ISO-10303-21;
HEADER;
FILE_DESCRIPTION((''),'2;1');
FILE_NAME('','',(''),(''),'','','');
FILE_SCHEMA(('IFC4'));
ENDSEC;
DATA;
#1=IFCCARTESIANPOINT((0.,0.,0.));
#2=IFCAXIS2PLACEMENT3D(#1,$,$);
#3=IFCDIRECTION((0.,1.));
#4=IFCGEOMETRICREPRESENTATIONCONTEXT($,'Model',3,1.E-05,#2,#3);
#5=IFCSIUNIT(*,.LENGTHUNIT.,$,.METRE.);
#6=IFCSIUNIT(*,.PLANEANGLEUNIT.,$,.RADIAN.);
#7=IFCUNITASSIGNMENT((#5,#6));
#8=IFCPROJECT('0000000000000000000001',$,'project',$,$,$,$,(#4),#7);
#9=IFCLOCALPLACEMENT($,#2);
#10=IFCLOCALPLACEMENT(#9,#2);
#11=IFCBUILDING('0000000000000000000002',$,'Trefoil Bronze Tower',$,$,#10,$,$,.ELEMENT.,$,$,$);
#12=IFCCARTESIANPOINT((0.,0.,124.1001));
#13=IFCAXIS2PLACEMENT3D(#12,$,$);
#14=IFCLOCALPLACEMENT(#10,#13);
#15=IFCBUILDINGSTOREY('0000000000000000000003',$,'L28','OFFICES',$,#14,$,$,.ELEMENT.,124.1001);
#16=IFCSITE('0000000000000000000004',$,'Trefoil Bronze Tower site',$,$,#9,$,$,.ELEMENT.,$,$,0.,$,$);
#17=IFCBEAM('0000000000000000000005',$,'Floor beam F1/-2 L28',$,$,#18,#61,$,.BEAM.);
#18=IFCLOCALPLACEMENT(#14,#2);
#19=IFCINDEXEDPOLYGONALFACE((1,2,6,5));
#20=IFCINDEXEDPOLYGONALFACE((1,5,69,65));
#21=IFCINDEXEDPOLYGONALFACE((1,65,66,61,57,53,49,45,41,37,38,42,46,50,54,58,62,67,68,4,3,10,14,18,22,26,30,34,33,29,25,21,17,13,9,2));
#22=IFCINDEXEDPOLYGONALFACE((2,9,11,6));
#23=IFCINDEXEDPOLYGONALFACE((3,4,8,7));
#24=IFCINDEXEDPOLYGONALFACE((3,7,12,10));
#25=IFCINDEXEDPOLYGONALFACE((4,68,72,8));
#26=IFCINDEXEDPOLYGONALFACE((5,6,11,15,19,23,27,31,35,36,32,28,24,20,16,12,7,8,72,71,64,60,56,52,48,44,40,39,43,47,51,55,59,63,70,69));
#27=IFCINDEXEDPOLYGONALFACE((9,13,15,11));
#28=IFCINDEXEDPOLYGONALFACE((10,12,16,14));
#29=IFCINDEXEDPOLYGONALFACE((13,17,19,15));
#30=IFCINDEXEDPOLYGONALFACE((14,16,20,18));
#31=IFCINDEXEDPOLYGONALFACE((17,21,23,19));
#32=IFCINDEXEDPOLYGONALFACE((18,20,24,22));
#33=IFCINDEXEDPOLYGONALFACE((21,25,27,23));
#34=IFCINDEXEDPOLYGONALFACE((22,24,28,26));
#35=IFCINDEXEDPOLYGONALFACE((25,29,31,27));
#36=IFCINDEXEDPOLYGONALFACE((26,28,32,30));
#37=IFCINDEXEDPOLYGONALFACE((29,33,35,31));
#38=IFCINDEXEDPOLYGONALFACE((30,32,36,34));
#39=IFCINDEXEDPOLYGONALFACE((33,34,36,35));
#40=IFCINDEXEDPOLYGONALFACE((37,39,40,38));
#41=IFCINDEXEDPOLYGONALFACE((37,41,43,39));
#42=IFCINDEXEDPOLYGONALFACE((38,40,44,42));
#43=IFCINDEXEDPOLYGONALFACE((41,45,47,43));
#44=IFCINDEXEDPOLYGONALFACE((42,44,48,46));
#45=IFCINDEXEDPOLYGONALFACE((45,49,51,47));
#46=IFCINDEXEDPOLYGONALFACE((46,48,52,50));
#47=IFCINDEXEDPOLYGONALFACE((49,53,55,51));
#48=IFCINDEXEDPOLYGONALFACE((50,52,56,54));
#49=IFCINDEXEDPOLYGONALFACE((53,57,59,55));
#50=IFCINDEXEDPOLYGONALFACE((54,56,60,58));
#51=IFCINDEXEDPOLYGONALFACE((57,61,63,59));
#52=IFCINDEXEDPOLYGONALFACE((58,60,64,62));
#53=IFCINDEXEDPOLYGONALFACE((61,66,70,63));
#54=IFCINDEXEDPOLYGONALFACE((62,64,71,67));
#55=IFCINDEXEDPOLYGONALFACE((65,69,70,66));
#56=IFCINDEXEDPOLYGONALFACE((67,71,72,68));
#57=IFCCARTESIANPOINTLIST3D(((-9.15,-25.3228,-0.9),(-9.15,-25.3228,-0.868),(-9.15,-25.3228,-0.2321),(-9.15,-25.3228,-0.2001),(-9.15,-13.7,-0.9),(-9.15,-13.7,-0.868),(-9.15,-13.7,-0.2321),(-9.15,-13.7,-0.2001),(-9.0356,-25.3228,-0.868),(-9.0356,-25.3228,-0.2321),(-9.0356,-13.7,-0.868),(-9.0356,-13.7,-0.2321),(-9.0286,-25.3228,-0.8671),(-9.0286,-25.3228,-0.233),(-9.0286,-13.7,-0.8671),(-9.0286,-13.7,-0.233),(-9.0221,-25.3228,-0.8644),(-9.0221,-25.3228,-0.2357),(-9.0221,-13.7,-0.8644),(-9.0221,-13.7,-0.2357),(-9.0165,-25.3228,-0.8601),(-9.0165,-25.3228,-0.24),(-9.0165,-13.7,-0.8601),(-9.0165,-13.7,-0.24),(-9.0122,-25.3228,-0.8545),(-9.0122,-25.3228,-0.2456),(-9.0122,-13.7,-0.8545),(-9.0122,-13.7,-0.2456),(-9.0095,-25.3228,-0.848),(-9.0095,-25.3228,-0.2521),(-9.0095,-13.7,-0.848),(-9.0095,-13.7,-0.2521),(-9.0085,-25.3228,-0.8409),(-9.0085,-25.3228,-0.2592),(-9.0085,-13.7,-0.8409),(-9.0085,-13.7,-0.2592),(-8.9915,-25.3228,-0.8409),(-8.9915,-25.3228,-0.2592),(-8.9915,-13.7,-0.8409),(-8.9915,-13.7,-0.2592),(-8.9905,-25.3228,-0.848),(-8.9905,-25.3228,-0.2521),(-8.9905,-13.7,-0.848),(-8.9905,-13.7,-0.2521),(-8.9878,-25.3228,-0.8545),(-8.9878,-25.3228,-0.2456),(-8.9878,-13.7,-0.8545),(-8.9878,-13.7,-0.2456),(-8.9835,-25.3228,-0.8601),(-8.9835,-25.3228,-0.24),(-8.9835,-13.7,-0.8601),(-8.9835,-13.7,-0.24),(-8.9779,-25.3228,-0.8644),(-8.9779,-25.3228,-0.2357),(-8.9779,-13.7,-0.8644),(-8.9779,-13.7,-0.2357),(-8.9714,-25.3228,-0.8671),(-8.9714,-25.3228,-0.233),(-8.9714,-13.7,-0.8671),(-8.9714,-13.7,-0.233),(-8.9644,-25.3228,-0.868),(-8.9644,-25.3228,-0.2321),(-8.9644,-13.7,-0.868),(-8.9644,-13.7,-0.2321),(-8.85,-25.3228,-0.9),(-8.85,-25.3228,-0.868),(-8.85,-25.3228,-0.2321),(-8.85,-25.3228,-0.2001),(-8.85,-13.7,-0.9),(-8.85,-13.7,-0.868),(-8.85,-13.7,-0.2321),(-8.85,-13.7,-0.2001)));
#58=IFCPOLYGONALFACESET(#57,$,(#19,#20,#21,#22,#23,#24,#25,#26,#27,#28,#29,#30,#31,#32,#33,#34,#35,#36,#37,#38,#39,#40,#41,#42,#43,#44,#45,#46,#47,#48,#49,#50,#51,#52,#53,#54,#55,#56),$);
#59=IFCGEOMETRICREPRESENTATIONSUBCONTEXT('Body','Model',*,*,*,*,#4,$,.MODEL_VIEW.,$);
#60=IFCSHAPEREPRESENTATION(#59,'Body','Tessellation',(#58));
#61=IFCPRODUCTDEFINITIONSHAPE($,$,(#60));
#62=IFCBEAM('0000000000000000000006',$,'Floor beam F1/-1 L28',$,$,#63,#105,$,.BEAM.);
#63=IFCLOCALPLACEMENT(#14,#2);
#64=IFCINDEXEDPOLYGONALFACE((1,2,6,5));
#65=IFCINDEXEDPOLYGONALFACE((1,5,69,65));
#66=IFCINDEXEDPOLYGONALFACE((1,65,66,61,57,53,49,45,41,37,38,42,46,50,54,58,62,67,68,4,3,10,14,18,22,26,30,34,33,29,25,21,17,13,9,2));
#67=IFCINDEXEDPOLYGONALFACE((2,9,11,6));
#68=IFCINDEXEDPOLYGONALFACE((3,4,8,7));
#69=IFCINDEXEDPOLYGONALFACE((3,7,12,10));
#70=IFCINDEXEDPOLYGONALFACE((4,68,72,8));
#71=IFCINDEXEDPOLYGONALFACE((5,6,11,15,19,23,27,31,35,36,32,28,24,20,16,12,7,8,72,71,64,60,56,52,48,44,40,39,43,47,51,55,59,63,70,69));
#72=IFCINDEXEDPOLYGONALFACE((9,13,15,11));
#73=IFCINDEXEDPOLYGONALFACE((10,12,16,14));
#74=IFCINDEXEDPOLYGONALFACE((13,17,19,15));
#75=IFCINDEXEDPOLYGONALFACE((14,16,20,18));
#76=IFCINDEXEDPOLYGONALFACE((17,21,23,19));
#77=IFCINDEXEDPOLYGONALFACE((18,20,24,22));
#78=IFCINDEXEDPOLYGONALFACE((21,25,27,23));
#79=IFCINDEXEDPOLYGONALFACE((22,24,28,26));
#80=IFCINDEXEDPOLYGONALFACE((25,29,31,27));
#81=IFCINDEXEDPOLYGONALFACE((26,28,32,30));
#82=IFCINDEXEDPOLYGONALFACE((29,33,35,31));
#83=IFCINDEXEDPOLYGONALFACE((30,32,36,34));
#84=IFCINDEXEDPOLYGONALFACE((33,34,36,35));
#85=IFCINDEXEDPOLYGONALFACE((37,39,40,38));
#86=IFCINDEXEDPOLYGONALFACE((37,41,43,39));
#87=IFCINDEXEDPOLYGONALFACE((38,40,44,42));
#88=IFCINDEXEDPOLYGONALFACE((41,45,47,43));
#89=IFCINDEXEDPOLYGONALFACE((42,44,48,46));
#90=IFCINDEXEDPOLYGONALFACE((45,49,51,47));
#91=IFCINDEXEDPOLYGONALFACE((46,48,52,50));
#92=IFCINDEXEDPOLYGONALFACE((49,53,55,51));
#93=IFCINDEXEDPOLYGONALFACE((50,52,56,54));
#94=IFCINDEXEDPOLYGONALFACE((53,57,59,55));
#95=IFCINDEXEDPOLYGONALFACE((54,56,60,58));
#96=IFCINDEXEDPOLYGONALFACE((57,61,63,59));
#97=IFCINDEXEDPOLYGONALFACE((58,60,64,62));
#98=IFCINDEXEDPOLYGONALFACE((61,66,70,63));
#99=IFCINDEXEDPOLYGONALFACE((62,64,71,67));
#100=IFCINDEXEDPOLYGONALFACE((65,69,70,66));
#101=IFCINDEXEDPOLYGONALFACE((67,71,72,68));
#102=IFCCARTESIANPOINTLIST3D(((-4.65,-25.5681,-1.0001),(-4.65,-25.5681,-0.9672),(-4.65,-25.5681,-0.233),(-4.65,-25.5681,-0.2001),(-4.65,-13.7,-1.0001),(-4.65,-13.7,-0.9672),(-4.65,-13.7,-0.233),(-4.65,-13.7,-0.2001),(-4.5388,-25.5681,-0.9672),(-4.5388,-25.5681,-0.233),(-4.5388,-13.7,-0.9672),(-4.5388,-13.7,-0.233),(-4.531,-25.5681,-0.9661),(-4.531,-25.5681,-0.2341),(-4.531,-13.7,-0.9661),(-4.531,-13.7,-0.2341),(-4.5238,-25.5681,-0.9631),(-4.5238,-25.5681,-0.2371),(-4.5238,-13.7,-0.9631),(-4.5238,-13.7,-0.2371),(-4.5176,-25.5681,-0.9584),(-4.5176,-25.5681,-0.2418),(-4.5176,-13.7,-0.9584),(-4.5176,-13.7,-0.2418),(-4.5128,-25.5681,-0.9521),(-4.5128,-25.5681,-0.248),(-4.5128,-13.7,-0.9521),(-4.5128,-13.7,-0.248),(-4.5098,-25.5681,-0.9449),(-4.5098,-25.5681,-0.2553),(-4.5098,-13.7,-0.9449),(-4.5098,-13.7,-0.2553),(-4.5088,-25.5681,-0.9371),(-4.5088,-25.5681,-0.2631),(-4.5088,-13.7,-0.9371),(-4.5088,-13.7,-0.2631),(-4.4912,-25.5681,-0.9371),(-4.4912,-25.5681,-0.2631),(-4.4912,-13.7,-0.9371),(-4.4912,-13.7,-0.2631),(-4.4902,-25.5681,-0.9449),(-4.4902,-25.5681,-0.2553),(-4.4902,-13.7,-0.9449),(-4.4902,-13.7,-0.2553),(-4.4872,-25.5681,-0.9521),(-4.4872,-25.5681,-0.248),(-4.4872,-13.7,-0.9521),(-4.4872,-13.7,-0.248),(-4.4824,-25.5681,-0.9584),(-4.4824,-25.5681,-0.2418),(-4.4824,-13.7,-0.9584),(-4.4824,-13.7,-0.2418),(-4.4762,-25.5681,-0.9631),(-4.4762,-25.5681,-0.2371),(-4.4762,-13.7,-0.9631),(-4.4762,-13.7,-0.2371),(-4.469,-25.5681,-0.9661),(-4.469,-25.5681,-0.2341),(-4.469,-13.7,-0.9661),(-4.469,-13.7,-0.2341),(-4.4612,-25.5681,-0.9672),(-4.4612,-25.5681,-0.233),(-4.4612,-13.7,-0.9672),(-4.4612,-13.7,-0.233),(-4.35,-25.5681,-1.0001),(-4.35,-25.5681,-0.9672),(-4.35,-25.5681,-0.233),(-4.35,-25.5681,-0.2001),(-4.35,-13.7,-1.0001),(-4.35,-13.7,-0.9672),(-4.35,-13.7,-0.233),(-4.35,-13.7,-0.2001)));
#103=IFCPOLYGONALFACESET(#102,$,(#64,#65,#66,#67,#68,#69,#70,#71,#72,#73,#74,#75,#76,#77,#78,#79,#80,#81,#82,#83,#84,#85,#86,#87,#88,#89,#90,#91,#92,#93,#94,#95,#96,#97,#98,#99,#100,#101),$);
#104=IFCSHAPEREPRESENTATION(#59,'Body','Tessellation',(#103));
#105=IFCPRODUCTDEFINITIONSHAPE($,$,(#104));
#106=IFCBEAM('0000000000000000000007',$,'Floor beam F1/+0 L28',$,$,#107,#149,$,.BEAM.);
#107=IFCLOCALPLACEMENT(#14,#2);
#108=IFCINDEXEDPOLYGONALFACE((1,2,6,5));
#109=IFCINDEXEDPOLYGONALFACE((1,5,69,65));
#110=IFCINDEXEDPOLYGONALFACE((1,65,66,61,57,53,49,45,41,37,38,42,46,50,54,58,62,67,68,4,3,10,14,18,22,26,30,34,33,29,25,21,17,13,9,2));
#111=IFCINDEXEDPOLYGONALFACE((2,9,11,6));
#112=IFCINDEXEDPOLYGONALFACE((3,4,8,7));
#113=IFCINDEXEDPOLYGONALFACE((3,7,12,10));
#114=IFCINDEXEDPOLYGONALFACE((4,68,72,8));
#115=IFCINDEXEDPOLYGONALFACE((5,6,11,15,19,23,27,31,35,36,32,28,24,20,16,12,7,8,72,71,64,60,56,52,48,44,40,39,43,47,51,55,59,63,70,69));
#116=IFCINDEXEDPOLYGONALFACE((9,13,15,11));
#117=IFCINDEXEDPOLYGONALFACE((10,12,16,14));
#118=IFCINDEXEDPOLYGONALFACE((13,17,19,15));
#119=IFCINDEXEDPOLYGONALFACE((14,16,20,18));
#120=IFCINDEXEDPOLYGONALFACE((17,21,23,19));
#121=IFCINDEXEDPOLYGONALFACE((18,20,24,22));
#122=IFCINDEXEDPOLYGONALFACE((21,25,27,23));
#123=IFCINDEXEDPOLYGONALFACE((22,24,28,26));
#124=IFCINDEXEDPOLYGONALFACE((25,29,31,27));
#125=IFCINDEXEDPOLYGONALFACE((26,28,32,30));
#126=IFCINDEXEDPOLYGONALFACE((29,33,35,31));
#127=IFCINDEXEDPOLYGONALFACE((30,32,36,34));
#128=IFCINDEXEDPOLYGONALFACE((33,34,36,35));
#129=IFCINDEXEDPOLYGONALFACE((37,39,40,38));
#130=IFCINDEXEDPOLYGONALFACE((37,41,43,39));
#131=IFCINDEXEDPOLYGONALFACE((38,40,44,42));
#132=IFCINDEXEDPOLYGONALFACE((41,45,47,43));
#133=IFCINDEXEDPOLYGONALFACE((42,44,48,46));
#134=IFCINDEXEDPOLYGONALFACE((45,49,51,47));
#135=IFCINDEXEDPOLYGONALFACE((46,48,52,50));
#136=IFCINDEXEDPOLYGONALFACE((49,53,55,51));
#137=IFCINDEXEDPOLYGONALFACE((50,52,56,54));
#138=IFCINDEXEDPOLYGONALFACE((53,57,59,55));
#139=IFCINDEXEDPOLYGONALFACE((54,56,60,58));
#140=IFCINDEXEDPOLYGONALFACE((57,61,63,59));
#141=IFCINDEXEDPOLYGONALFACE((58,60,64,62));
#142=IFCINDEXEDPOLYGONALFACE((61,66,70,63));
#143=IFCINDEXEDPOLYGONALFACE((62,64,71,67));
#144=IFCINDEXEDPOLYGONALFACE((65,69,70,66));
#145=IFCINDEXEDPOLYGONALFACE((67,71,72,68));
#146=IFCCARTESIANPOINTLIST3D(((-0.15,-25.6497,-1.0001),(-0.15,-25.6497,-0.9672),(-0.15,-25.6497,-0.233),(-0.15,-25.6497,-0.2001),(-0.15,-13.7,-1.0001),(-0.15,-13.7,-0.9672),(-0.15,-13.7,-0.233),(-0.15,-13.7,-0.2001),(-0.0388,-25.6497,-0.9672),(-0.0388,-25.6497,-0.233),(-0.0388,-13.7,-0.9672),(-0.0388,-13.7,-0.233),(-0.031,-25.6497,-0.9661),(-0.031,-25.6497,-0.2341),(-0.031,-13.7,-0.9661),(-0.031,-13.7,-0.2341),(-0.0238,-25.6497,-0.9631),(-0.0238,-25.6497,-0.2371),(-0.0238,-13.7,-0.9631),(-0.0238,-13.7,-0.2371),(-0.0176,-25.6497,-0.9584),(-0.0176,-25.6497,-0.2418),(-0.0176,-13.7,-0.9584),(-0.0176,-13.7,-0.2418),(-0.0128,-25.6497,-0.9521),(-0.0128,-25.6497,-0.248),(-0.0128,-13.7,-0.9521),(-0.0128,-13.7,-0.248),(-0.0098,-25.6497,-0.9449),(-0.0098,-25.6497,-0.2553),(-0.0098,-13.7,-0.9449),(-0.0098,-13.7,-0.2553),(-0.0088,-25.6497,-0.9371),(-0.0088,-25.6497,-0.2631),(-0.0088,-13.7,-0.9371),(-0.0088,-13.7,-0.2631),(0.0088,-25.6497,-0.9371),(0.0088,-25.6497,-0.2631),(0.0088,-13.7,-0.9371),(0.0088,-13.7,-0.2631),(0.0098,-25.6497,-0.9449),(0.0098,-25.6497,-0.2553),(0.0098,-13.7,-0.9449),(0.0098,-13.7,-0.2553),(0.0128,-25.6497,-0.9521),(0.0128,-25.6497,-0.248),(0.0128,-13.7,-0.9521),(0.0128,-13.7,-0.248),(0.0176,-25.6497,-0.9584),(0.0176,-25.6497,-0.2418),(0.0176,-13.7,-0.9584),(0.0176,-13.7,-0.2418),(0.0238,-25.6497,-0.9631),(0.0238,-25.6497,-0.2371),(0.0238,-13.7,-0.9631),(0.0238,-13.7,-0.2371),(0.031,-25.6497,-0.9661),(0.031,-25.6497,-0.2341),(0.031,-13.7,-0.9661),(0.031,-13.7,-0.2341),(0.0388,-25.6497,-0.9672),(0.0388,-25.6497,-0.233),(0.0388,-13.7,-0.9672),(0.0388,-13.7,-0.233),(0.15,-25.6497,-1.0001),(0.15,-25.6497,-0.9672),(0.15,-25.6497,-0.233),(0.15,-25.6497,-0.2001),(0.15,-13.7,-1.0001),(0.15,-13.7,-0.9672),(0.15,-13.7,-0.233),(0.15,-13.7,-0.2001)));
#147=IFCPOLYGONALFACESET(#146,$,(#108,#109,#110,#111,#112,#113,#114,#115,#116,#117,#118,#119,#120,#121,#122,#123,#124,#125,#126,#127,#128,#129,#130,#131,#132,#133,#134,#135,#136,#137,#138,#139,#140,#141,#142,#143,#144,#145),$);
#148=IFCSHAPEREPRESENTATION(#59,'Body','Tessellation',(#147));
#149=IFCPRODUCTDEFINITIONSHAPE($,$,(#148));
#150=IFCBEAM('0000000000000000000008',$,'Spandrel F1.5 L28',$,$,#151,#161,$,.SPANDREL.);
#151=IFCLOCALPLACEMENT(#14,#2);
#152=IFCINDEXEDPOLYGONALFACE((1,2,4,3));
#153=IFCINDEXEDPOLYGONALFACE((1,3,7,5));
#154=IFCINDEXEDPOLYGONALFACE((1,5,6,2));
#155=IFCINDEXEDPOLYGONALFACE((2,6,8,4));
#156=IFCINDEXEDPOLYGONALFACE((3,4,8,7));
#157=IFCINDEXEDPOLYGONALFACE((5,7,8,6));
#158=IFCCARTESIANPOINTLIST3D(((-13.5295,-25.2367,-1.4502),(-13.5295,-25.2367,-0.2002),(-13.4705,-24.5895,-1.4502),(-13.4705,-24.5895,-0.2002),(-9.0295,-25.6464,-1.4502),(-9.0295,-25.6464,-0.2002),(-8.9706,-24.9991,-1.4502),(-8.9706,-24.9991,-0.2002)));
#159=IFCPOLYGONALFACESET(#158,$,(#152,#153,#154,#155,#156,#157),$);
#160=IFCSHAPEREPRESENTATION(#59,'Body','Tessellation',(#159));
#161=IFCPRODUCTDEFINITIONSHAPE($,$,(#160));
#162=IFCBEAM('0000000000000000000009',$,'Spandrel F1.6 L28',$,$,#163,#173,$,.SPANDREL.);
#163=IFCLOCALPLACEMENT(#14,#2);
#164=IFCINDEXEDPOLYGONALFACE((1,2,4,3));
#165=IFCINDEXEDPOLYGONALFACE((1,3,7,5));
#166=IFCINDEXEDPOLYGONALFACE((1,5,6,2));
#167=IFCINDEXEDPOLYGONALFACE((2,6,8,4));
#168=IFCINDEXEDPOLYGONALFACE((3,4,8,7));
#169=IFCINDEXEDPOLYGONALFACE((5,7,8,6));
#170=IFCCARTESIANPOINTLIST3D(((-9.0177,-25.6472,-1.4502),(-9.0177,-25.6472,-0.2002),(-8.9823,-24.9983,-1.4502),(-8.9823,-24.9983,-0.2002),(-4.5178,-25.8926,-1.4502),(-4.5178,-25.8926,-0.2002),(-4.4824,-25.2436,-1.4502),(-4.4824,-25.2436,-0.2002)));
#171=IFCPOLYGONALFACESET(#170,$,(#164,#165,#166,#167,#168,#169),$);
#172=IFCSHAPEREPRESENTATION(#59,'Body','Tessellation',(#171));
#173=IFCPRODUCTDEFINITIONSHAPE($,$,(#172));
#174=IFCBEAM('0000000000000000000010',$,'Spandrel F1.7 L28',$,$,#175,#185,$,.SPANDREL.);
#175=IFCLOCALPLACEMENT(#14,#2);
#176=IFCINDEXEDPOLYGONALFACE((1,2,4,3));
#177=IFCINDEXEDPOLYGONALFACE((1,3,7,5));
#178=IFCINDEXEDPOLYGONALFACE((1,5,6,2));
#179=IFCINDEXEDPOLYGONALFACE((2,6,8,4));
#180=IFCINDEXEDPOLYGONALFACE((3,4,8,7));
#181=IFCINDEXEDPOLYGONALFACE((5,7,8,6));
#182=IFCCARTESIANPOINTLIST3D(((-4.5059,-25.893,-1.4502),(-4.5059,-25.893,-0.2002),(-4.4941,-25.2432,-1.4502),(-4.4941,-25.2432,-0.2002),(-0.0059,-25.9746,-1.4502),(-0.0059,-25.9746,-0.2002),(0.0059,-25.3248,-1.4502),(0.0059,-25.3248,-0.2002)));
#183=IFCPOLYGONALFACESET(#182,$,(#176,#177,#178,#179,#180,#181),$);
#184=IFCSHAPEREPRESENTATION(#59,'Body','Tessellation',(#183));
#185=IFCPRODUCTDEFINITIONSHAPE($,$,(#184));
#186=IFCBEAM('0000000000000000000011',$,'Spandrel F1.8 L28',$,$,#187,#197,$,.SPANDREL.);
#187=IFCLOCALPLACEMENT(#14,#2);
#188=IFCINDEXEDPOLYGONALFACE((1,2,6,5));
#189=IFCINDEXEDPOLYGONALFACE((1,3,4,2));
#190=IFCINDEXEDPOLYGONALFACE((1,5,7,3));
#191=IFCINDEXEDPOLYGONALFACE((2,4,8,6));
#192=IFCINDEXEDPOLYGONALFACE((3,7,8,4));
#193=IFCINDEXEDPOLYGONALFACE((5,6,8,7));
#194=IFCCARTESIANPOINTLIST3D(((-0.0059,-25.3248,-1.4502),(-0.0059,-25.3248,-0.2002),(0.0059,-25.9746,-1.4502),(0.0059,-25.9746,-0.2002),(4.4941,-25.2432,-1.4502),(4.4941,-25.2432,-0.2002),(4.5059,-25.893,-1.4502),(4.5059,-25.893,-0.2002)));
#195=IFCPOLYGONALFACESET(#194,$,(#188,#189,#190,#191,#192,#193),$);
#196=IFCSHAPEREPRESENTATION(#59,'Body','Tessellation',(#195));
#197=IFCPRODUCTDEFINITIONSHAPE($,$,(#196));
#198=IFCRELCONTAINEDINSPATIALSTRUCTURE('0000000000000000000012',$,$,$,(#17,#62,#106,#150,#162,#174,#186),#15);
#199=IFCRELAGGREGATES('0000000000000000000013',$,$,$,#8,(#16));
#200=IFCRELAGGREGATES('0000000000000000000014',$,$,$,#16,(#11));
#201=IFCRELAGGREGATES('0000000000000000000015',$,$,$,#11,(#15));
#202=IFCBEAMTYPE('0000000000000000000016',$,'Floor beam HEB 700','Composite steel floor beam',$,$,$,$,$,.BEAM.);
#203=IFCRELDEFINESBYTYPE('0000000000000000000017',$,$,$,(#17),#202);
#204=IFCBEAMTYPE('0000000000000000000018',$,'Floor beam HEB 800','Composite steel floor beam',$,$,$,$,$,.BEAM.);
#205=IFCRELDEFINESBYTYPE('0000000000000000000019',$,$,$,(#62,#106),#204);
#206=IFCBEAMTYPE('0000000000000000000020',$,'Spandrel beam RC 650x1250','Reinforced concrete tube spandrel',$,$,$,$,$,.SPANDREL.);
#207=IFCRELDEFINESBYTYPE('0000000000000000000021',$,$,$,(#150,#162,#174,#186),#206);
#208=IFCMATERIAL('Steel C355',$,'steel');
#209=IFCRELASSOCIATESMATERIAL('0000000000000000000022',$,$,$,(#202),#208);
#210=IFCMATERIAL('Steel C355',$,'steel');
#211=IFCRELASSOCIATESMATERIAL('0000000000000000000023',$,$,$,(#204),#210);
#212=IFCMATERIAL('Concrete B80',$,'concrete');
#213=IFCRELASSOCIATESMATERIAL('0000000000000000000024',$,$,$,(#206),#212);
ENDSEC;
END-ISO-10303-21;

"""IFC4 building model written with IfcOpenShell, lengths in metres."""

from ifc_helpers import new_model, si_unit, direction, frame, origin, origin_2d, place, context, subcontext, project, spatial, rectangle, i_section, extrude, material, material_profile, profile_set, type_object, element, save


model = new_model("IFC4")

# Units and contexts
model_context = context("Model", 3, precision=1e-05, world=origin(), true_north=direction((0.0, 1.0)))
body_context = subcontext(model_context, "Body", "Model", "MODEL_VIEW")
ifc_project = project(units=[si_unit("LENGTHUNIT", "METRE"), si_unit("PLANEANGLEUNIT", "RADIAN")], contexts=[model_context])

# Site, building, storey
site_placement = place(None, origin())
site = spatial("IfcSite", under=ifc_project, at=site_placement, Name="Trefoil Bronze Tower site", CompositionType="ELEMENT", RefElevation=0.0)
building_placement = place(site_placement, origin())
building = spatial("IfcBuilding", under=site, at=building_placement, Name="Trefoil Bronze Tower", CompositionType="ELEMENT")
storey_placement = place(building_placement, frame((0.0, 0.0, 124.1001)))
storey = spatial("IfcBuildingStorey", under=building, at=storey_placement, Name="L28", Description="OFFICES", CompositionType="ELEMENT", Elevation=124.1001)

# Beams
ifc_material_1 = material(Name="Steel C355", Category="steel")
ifc_material_profile_1 = material_profile(ifc_material_1, i_section(OverallWidth=0.3, OverallDepth=0.7, WebThickness=0.0171, FlangeThickness=0.032, FilletRadius=0.0271, at=origin_2d()), Name="HEB 700")
ifc_profile_set_1 = profile_set([ifc_material_profile_1], Name="Steel C355")
beam_type_1 = type_object("IfcBeamType", Name="Floor beam HEB 700", Description="Composite steel floor beam", PredefinedType="BEAM", material=ifc_profile_set_1)
beam_1_placement = place(storey_placement, frame((-9.0, -25.3228, -0.55), z_axis=(0.0, 1.0, 0.0), x_axis=(-1.0, 0.0, 0.0)))
element("IfcBeam", 1, at=beam_1_placement, inside=storey, type_object=beam_type_1, Name="Floor beam F1/-2 L28", PredefinedType="BEAM", context=body_context, shape_type="SweptSolid", body=[
    extrude(i_section(OverallWidth=0.3, OverallDepth=0.7, WebThickness=0.0171, FlangeThickness=0.032, FilletRadius=0.0271, at=origin_2d()), origin(), (0.0, 0.0, 1.0), 11.6228),
])
ifc_material_2 = material(Name="Steel C355", Category="steel")
ifc_material_profile_2 = material_profile(ifc_material_2, i_section(OverallWidth=0.3, OverallDepth=0.8, WebThickness=0.0176, FlangeThickness=0.033, FilletRadius=0.03, at=origin_2d()), Name="HEB 800")
ifc_profile_set_2 = profile_set([ifc_material_profile_2], Name="Steel C355")
beam_type_2 = type_object("IfcBeamType", Name="Floor beam HEB 800", Description="Composite steel floor beam", PredefinedType="BEAM", material=ifc_profile_set_2)
beam_2_placement = place(storey_placement, frame((-4.5, -25.5681, -0.6001), z_axis=(0.0, 1.0, 0.0), x_axis=(-1.0, 0.0, 0.0)))
element("IfcBeam", 2, at=beam_2_placement, inside=storey, type_object=beam_type_2, Name="Floor beam F1/-1 L28", PredefinedType="BEAM", context=body_context, shape_type="SweptSolid", body=[
    extrude(i_section(OverallWidth=0.3, OverallDepth=0.8, WebThickness=0.0176, FlangeThickness=0.033, FilletRadius=0.03, at=origin_2d()), origin(), (0.0, 0.0, 1.0), 11.8682),
])
beam_3_placement = place(storey_placement, frame((0.0, -25.6497, -0.6001), z_axis=(0.0, 1.0, 0.0), x_axis=(-1.0, 0.0, 0.0)))
element("IfcBeam", 3, at=beam_3_placement, inside=storey, type_object=beam_type_2, Name="Floor beam F1/+0 L28", PredefinedType="BEAM", context=body_context, shape_type="SweptSolid", body=[
    extrude(i_section(OverallWidth=0.3, OverallDepth=0.8, WebThickness=0.0176, FlangeThickness=0.033, FilletRadius=0.03, at=origin_2d()), origin(), (0.0, 0.0, 1.0), 11.9497),
])
ifc_material_3 = material(Name="Concrete B80", Category="concrete")
ifc_material_profile_3 = material_profile(ifc_material_3, rectangle(XDim=0.6499, YDim=1.25, at=origin_2d()), Name="RC 650x1250")
ifc_profile_set_3 = profile_set([ifc_material_profile_3], Name="Concrete B80")
beam_type_3 = type_object("IfcBeamType", Name="Spandrel beam RC 650x1250", Description="Reinforced concrete tube spandrel", PredefinedType="SPANDREL", material=ifc_profile_set_3)
beam_4_placement = place(storey_placement, frame((-13.5, -24.9131, -0.8252), z_axis=(0.995882, -0.090662, 0.0), x_axis=(0.090662, 0.995882, 0.0)))
element("IfcBeam", 4, at=beam_4_placement, inside=storey, type_object=beam_type_3, Name="Spandrel F1.5 L28", PredefinedType="SPANDREL", context=body_context, shape_type="SweptSolid", body=[
    extrude(rectangle(XDim=0.6499, YDim=1.25, at=origin_2d()), origin(), (0.0, 0.0, 1.0), 4.5186),
])
beam_5_placement = place(storey_placement, frame((-9.0, -25.3228, -0.8252), z_axis=(0.998517, -0.054444, 0.0), x_axis=(0.054444, 0.998517, 0.0)))
element("IfcBeam", 5, at=beam_5_placement, inside=storey, type_object=beam_type_3, Name="Spandrel F1.6 L28", PredefinedType="SPANDREL", context=body_context, shape_type="SweptSolid", body=[
    extrude(rectangle(XDim=0.6499, YDim=1.25, at=origin_2d()), origin(), (0.0, 0.0, 1.0), 4.5066),
])
for number, where, z_axis, x_axis, name in (
    (6, (-4.5, -25.5681, -0.8252), (0.999836, -0.018118, 0.0), (0.018118, 0.999836, 0.0), "Spandrel F1.7 L28"),
    (7, (0.0, -25.6497, -0.8252), (0.999836, 0.018118, 0.0), (-0.018118, 0.999836, 0.0), "Spandrel F1.8 L28"),
):
    element("IfcBeam", number, at=place(storey_placement, frame(where, z_axis=z_axis, x_axis=x_axis)), inside=storey, type_object=beam_type_3, Name=name, PredefinedType="SPANDREL", context=body_context, shape_type="SweptSolid", body=[
        extrude(rectangle(XDim=0.6499, YDim=1.25, at=origin_2d()), origin(), (0.0, 0.0, 1.0), 4.5007),
    ])

save(model, "model.ifc")
